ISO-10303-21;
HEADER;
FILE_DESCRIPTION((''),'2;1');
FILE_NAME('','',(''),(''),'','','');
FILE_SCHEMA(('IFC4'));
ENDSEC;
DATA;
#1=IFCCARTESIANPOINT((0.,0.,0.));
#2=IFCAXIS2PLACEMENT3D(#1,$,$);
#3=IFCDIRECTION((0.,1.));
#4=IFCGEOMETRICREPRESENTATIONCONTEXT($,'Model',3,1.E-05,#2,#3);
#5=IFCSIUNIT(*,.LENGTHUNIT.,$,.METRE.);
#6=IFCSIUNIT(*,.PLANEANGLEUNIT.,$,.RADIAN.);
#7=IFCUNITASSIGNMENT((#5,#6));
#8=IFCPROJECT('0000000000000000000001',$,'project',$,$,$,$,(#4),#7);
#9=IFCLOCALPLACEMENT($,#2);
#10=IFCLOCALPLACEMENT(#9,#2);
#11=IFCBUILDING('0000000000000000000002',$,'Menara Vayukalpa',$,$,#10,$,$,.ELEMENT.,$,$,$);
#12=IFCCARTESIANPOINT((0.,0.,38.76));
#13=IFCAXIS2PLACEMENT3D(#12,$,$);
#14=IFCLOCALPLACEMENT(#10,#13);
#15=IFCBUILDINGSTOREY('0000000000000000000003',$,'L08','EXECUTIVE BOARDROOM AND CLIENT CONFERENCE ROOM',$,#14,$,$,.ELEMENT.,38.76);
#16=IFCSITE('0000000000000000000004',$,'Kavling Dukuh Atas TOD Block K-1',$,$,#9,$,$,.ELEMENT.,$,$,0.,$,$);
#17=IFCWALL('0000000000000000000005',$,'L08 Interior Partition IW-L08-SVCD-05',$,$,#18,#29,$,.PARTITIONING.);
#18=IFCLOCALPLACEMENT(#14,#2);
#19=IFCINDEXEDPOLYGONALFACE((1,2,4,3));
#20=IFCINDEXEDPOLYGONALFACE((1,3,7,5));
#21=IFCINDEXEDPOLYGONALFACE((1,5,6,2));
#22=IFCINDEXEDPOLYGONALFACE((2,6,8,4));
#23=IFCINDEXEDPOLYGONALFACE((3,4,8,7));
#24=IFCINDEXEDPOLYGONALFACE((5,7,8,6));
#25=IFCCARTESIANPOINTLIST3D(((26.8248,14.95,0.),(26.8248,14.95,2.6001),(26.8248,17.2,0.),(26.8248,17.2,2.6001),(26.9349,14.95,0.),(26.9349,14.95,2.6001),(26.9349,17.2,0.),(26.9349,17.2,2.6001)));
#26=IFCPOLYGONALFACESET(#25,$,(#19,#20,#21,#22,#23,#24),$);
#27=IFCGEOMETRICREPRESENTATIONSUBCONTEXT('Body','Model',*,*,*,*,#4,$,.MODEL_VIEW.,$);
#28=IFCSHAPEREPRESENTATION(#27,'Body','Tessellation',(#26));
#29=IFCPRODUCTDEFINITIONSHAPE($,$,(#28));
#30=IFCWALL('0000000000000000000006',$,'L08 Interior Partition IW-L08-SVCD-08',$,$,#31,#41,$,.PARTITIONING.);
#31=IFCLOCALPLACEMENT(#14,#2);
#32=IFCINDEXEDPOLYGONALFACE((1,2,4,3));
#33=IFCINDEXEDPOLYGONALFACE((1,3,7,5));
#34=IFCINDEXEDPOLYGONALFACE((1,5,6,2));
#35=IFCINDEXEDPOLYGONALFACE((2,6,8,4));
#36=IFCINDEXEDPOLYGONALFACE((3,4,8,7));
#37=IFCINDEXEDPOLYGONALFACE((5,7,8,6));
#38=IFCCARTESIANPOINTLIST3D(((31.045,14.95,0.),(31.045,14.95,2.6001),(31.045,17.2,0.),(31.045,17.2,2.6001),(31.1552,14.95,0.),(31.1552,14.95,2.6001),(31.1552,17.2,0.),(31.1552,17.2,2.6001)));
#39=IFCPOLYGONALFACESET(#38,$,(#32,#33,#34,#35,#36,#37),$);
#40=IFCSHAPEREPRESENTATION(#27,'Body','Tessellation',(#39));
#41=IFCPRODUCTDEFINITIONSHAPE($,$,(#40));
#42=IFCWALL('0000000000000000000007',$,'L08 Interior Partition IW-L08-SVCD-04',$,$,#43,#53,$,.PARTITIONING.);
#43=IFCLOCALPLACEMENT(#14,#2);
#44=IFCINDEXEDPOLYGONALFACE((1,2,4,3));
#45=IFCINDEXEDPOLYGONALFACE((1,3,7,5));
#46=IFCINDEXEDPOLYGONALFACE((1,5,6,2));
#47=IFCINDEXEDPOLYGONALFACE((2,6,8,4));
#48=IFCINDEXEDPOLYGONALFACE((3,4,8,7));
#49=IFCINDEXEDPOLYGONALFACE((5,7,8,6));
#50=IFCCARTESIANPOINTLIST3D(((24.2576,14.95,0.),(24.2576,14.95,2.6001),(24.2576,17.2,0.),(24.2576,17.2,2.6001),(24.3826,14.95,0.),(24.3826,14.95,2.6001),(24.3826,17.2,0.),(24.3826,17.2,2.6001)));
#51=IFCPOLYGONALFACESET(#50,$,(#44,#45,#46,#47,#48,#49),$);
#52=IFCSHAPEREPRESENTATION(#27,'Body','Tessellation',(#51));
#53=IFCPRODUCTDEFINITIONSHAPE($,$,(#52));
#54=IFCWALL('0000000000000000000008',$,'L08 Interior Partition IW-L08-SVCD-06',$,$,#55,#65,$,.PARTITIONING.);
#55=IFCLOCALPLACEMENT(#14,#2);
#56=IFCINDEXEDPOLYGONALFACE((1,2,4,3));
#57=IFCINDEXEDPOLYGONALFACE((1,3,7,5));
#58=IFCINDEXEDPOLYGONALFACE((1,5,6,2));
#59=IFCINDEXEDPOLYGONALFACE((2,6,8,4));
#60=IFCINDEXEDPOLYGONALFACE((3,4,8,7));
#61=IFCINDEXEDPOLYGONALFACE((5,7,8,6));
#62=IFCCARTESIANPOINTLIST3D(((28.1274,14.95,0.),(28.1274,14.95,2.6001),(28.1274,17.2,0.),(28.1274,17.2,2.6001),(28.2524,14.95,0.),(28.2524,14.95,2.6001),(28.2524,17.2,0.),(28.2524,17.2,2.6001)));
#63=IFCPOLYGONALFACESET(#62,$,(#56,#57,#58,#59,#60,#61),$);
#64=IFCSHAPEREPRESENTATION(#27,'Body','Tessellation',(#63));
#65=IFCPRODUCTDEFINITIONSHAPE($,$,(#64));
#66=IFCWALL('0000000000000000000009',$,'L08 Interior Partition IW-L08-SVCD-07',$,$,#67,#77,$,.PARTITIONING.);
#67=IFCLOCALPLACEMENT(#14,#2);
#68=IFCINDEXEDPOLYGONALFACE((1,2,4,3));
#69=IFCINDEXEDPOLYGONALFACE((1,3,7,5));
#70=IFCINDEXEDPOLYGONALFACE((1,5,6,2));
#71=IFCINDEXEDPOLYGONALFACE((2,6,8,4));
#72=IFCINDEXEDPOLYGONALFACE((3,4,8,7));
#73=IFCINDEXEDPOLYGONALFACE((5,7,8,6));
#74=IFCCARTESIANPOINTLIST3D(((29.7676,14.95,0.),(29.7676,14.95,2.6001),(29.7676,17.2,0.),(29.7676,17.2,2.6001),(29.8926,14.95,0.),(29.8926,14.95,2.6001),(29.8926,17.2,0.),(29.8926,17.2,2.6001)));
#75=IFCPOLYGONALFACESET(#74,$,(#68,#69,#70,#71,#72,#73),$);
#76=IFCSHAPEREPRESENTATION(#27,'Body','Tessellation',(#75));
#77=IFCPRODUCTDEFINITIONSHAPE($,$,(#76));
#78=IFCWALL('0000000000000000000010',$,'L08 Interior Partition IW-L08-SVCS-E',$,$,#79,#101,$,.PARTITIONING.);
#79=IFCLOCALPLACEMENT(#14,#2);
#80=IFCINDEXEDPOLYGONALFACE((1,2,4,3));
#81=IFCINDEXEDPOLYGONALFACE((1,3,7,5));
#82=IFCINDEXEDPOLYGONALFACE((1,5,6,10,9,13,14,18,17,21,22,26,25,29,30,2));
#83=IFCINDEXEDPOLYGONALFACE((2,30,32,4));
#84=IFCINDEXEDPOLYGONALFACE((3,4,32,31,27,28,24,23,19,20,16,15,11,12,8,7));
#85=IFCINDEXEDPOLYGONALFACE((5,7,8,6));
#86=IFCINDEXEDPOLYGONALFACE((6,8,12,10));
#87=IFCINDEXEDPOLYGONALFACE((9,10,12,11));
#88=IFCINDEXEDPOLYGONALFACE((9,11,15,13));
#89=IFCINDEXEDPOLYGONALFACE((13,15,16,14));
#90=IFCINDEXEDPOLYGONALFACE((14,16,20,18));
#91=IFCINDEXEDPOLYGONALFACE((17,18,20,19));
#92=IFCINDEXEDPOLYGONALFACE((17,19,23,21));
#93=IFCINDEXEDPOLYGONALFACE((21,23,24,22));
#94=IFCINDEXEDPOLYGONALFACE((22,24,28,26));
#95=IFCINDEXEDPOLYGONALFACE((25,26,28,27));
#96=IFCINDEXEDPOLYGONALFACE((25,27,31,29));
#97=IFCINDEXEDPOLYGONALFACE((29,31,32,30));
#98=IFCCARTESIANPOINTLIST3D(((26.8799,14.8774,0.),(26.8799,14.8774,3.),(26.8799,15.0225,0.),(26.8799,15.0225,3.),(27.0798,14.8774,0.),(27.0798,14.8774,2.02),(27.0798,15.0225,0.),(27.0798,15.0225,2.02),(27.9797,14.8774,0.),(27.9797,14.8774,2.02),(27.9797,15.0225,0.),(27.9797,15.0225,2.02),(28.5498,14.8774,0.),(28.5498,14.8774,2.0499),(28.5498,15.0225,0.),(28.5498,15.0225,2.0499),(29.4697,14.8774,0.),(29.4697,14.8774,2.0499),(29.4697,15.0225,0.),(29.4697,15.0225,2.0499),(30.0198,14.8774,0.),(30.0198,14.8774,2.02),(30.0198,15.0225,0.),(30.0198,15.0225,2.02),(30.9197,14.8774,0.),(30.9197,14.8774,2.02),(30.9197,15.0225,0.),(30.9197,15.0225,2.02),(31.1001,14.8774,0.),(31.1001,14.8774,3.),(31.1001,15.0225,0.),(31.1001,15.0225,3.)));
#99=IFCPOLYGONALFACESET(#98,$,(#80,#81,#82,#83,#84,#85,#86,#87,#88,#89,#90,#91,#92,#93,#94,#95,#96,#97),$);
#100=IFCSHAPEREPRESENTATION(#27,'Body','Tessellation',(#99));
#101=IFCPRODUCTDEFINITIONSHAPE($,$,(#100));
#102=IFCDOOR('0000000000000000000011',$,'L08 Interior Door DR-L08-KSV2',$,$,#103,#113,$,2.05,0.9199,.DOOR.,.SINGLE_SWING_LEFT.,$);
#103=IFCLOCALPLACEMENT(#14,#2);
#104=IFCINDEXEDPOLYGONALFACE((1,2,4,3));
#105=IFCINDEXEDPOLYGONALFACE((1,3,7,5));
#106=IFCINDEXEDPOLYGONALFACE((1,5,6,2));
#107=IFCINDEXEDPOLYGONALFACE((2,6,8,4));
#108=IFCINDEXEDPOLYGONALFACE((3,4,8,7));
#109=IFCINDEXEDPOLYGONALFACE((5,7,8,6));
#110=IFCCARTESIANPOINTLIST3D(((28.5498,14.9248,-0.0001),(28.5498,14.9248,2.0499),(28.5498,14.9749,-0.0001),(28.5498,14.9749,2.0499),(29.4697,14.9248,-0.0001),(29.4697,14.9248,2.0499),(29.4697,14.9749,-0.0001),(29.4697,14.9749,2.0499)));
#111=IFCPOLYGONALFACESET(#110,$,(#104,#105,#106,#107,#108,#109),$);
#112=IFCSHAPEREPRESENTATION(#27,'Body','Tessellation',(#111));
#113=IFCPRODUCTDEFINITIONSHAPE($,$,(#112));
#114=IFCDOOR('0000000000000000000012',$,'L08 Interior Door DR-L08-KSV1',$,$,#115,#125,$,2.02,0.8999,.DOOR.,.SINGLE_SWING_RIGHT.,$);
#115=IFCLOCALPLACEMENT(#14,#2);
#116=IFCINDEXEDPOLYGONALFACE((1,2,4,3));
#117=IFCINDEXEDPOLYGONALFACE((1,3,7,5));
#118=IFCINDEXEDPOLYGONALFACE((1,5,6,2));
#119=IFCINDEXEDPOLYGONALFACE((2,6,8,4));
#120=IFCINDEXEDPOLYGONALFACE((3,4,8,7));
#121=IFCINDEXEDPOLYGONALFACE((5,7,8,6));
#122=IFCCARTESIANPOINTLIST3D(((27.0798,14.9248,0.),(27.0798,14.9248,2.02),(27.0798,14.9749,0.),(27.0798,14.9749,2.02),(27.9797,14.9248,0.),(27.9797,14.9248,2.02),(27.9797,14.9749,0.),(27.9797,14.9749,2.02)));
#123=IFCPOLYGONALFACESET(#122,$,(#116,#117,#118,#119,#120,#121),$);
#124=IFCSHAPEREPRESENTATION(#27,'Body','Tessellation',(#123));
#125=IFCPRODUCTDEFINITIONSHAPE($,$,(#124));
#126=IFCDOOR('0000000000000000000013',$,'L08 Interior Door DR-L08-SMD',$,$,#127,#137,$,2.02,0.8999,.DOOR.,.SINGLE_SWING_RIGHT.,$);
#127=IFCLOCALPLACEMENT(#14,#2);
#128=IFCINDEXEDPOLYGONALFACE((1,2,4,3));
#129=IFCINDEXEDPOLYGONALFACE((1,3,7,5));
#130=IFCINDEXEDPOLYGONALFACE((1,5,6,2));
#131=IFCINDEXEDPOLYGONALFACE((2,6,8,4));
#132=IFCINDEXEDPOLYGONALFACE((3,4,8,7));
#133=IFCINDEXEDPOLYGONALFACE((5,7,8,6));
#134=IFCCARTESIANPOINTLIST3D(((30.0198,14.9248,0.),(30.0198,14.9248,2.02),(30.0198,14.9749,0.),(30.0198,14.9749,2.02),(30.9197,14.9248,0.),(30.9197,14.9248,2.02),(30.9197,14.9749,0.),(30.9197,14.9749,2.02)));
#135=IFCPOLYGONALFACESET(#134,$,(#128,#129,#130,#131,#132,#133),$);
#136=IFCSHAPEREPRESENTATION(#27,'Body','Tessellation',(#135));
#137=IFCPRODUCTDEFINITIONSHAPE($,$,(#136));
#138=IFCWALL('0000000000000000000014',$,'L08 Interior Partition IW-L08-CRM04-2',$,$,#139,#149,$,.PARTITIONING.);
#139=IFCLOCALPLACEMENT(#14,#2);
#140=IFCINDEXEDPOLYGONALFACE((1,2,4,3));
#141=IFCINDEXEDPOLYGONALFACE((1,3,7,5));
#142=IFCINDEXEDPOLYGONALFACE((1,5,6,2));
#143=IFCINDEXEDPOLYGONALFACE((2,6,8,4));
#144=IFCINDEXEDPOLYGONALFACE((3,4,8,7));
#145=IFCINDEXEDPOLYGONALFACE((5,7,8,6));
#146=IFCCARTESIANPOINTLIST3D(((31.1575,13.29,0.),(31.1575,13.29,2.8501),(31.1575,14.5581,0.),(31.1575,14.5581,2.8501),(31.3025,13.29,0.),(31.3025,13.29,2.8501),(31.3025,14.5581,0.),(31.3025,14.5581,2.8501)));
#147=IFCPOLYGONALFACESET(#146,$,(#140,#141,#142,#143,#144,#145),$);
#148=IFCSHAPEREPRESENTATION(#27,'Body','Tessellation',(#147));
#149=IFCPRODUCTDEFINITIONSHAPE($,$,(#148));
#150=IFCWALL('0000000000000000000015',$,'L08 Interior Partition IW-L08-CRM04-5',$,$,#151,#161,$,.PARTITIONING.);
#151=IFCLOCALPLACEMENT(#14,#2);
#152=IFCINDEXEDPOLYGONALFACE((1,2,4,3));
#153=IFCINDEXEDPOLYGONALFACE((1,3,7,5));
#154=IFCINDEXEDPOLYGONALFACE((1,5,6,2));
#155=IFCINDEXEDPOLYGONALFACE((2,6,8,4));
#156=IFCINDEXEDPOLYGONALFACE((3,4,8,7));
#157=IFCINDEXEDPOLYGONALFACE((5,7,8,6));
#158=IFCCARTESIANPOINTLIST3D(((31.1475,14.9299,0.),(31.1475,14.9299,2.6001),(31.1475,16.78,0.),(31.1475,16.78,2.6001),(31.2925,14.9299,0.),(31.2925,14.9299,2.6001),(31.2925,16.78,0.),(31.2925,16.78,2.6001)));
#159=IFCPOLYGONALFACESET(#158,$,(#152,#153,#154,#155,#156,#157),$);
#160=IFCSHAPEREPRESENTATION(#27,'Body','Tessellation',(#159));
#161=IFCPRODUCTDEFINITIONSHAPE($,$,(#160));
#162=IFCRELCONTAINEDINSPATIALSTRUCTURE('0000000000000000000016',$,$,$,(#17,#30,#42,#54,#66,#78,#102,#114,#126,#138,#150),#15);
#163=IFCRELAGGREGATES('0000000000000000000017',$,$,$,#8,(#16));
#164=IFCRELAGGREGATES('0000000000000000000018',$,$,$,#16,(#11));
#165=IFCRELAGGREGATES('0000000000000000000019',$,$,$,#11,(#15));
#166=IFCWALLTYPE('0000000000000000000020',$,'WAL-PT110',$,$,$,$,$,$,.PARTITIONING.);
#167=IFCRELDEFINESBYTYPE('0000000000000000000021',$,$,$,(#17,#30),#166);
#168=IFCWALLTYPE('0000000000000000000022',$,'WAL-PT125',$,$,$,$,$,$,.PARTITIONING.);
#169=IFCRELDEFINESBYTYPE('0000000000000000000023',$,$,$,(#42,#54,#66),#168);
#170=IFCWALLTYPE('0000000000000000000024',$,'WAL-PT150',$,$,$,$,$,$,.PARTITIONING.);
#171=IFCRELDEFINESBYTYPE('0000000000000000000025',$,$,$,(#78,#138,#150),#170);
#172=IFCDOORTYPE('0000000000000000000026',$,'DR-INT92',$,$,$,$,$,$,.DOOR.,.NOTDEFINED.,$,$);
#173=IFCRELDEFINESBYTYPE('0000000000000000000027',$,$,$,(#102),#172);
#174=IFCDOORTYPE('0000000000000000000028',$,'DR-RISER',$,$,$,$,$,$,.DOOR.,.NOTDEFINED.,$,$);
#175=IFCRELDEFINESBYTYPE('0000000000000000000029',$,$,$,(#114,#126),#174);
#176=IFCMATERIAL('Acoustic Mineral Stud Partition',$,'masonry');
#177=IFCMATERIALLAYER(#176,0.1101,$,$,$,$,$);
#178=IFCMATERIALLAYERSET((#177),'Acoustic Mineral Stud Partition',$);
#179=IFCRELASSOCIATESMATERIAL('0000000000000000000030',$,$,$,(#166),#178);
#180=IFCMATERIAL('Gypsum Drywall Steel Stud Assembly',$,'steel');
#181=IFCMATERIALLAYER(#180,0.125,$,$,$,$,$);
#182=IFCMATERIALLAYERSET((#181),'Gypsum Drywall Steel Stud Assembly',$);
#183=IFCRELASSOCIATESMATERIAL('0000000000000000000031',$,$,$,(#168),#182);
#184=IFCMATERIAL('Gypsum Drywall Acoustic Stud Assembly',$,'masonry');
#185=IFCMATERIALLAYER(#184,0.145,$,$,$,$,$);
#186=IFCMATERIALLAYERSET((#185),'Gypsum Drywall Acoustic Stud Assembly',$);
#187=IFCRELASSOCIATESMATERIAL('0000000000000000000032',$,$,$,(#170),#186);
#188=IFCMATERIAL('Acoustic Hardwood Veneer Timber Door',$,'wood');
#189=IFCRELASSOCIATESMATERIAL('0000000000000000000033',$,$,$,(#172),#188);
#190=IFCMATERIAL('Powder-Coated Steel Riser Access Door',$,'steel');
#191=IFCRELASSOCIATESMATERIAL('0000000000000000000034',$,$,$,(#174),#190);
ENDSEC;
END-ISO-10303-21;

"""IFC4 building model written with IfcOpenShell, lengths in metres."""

from ifc_helpers import new_model, si_unit, direction, frame, frame_2d, origin, place, context, subcontext, project, spatial, rectangle, extrude, material, layer, layer_set, type_object, element, fill, save


model = new_model("IFC4")

# Units and contexts
model_context = context("Model", 3, precision=1e-05, world=origin(), true_north=direction((0.0, 1.0)))
body_context = subcontext(model_context, "Body", "Model", "MODEL_VIEW")
ifc_project = project(units=[si_unit("LENGTHUNIT", "METRE"), si_unit("PLANEANGLEUNIT", "RADIAN")], contexts=[model_context])

# Site, building, storey
site_placement = place(None, origin())
site = spatial("IfcSite", under=ifc_project, at=site_placement, Name="Kavling Dukuh Atas TOD Block K-1", CompositionType="ELEMENT", RefElevation=0.0)
building_placement = place(site_placement, origin())
building = spatial("IfcBuilding", under=site, at=building_placement, Name="Menara Vayukalpa", CompositionType="ELEMENT")
storey_placement = place(building_placement, frame((0.0, 0.0, 38.76)))
storey = spatial("IfcBuildingStorey", under=building, at=storey_placement, Name="L08", Description="EXECUTIVE BOARDROOM AND CLIENT CONFERENCE ROOM", CompositionType="ELEMENT", Elevation=38.76)

# Walls
ifc_material_1 = material(Name="Acoustic Mineral Stud Partition", Category="masonry")
ifc_layer_1 = layer(ifc_material_1, 0.1101)
ifc_layer_set_1 = layer_set([ifc_layer_1], Name="Acoustic Mineral Stud Partition")
wall_type_1 = type_object("IfcWallType", Name="WAL-PT110", PredefinedType="PARTITIONING", material=ifc_layer_set_1)
for number, where, z_axis, x_axis, name in (
    (1, (26.8799, 14.95, 0.0), (0.0, 0.0, 1.0), (0.0, 1.0, 0.0), "L08 Interior Partition IW-L08-SVCD-05"),
    (2, (31.1001, 14.95, 0.0), (0.0, 0.0, 1.0), (0.0, 1.0, 0.0), "L08 Interior Partition IW-L08-SVCD-08"),
):
    element("IfcWall", number, at=place(storey_placement, frame(where, z_axis=z_axis, x_axis=x_axis)), inside=storey, type_object=wall_type_1, Name=name, PredefinedType="PARTITIONING", context=body_context, shape_type="SweptSolid", body=[
        extrude(rectangle(XDim=2.25, YDim=0.1101, at=frame_2d((1.125, 0.0))), origin(), (0.0, 0.0, 1.0), 2.6001),
    ])
ifc_material_2 = material(Name="Gypsum Drywall Steel Stud Assembly", Category="steel")
ifc_layer_2 = layer(ifc_material_2, 0.125)
ifc_layer_set_2 = layer_set([ifc_layer_2], Name="Gypsum Drywall Steel Stud Assembly")
wall_type_2 = type_object("IfcWallType", Name="WAL-PT125", PredefinedType="PARTITIONING", material=ifc_layer_set_2)
for number, where, z_axis, x_axis, name in (
    (3, (24.3201, 14.95, 0.0), (0.0, 0.0, 1.0), (0.0, 1.0, 0.0), "L08 Interior Partition IW-L08-SVCD-04"),
    (4, (28.1899, 14.95, 0.0), (0.0, 0.0, 1.0), (0.0, 1.0, 0.0), "L08 Interior Partition IW-L08-SVCD-06"),
    (5, (29.8301, 14.95, 0.0), (0.0, 0.0, 1.0), (0.0, 1.0, 0.0), "L08 Interior Partition IW-L08-SVCD-07"),
):
    element("IfcWall", number, at=place(storey_placement, frame(where, z_axis=z_axis, x_axis=x_axis)), inside=storey, type_object=wall_type_2, Name=name, PredefinedType="PARTITIONING", context=body_context, shape_type="SweptSolid", body=[
        extrude(rectangle(XDim=2.25, YDim=0.125, at=frame_2d((1.125, 0.0))), origin(), (0.0, 0.0, 1.0), 2.6001),
    ])

# Wall, openings, doors
ifc_material_3 = material(Name="Gypsum Drywall Acoustic Stud Assembly", Category="masonry")
ifc_layer_3 = layer(ifc_material_3, 0.145)
ifc_layer_set_3 = layer_set([ifc_layer_3], Name="Gypsum Drywall Acoustic Stud Assembly")
wall_type_3 = type_object("IfcWallType", Name="WAL-PT150", PredefinedType="PARTITIONING", material=ifc_layer_set_3)
wall_1_placement = place(storey_placement, frame((26.8799, 14.95, 0.0), z_axis=(0.0, 0.0, 1.0), x_axis=(1.0, 0.0, 0.0)))
wall_1 = element("IfcWall", 6, at=wall_1_placement, inside=storey, type_object=wall_type_3, Name="L08 Interior Partition IW-L08-SVCS-E", PredefinedType="PARTITIONING", context=body_context, shape_type="SweptSolid", body=[
    extrude(rectangle(XDim=4.2202, YDim=0.145, at=frame_2d((2.1101, 0.0))), origin(), (0.0, 0.0, 1.0), 3.0),
])
opening_1_placement = place(wall_1_placement, frame((0.2, 0.0, 0.0)))
opening_1 = element("IfcOpeningElement", 7, at=opening_1_placement, cuts=wall_1, PredefinedType="OPENING", context=body_context, shape_type="SweptSolid", body=[
    extrude(rectangle(XDim=0.8999, YDim=2.02, at=frame_2d((0.45, 1.01))), frame((0.0, 0.0825, 0.0), z_axis=(0.0, -1.0, 0.0), x_axis=(1.0, 0.0, 0.0)), (0.0, 0.0, 1.0), 0.165),
])
opening_2_placement = place(wall_1_placement, frame((1.6699, 0.0, 0.0)))
opening_2 = element("IfcOpeningElement", 8, at=opening_2_placement, cuts=wall_1, PredefinedType="OPENING", context=body_context, shape_type="SweptSolid", body=[
    extrude(rectangle(XDim=0.9199, YDim=2.05, at=frame_2d((0.46, 1.0249))), frame((0.0, 0.0825, 0.0), z_axis=(0.0, -1.0, 0.0), x_axis=(1.0, 0.0, 0.0)), (0.0, 0.0, 1.0), 0.165),
])
opening_3_placement = place(wall_1_placement, frame((3.1399, 0.0, 0.0)))
opening_3 = element("IfcOpeningElement", 9, at=opening_3_placement, cuts=wall_1, PredefinedType="OPENING", context=body_context, shape_type="SweptSolid", body=[
    extrude(rectangle(XDim=0.8999, YDim=2.02, at=frame_2d((0.45, 1.01))), frame((0.0, 0.0825, 0.0), z_axis=(0.0, -1.0, 0.0), x_axis=(1.0, 0.0, 0.0)), (0.0, 0.0, 1.0), 0.165),
])
ifc_material_4 = material(Name="Acoustic Hardwood Veneer Timber Door", Category="wood")
door_type_1 = type_object("IfcDoorType", Name="DR-INT92", OperationType="NOTDEFINED", PredefinedType="DOOR", material=ifc_material_4)
door_1_placement = place(opening_2_placement, origin())
door_1 = element("IfcDoor", 10, at=door_1_placement, inside=storey, type_object=door_type_1, Name="L08 Interior Door DR-L08-KSV2", OperationType="SINGLE_SWING_LEFT", OverallHeight=2.05, OverallWidth=0.9199, PredefinedType="DOOR", context=body_context, shape_type="SweptSolid", body=[
    extrude(rectangle(XDim=0.9199, YDim=2.05, at=frame_2d((0.46, 1.0249))), frame((0.0, 0.0249, 0.0), z_axis=(0.0, -1.0, 0.0), x_axis=(1.0, 0.0, 0.0)), (0.0, 0.0, 1.0), 0.05),
])
fill(opening_2, door_1)
ifc_material_5 = material(Name="Powder-Coated Steel Riser Access Door", Category="steel")
door_type_2 = type_object("IfcDoorType", Name="DR-RISER", OperationType="NOTDEFINED", PredefinedType="DOOR", material=ifc_material_5)
door_2_placement = place(opening_1_placement, origin())
door_2 = element("IfcDoor", 11, at=door_2_placement, inside=storey, type_object=door_type_2, Name="L08 Interior Door DR-L08-KSV1", OperationType="SINGLE_SWING_RIGHT", OverallHeight=2.02, OverallWidth=0.8999, PredefinedType="DOOR", context=body_context, shape_type="SweptSolid", body=[
    extrude(rectangle(XDim=0.8999, YDim=2.02, at=frame_2d((0.45, 1.01))), frame((0.0, 0.0249, 0.0), z_axis=(0.0, -1.0, 0.0), x_axis=(1.0, 0.0, 0.0)), (0.0, 0.0, 1.0), 0.05),
])
fill(opening_1, door_2)
door_3_placement = place(opening_3_placement, origin())
door_3 = element("IfcDoor", 12, at=door_3_placement, inside=storey, type_object=door_type_2, Name="L08 Interior Door DR-L08-SMD", OperationType="SINGLE_SWING_RIGHT", OverallHeight=2.02, OverallWidth=0.8999, PredefinedType="DOOR", context=body_context, shape_type="SweptSolid", body=[
    extrude(rectangle(XDim=0.8999, YDim=2.02, at=frame_2d((0.45, 1.01))), frame((0.0, 0.0249, 0.0), z_axis=(0.0, -1.0, 0.0), x_axis=(1.0, 0.0, 0.0)), (0.0, 0.0, 1.0), 0.05),
])
fill(opening_3, door_3)

# Walls
wall_2_placement = place(storey_placement, frame((31.23, 13.29, 0.0), z_axis=(0.0, 0.0, 1.0), x_axis=(0.0, 1.0, 0.0)))
element("IfcWall", 13, at=wall_2_placement, inside=storey, type_object=wall_type_3, Name="L08 Interior Partition IW-L08-CRM04-2", PredefinedType="PARTITIONING", context=body_context, shape_type="SweptSolid", body=[
    extrude(rectangle(XDim=1.2681, YDim=0.145, at=frame_2d((0.634, 0.0))), origin(), (0.0, 0.0, 1.0), 2.8501),
])
wall_3_placement = place(storey_placement, frame((31.22, 14.9299, 0.0), z_axis=(0.0, 0.0, 1.0), x_axis=(0.0, 1.0, 0.0)))
element("IfcWall", 14, at=wall_3_placement, inside=storey, type_object=wall_type_3, Name="L08 Interior Partition IW-L08-CRM04-5", PredefinedType="PARTITIONING", context=body_context, shape_type="SweptSolid", body=[
    extrude(rectangle(XDim=1.8501, YDim=0.145, at=frame_2d((0.925, 0.0))), origin(), (0.0, 0.0, 1.0), 2.6001),
])

save(model, "model.ifc")
